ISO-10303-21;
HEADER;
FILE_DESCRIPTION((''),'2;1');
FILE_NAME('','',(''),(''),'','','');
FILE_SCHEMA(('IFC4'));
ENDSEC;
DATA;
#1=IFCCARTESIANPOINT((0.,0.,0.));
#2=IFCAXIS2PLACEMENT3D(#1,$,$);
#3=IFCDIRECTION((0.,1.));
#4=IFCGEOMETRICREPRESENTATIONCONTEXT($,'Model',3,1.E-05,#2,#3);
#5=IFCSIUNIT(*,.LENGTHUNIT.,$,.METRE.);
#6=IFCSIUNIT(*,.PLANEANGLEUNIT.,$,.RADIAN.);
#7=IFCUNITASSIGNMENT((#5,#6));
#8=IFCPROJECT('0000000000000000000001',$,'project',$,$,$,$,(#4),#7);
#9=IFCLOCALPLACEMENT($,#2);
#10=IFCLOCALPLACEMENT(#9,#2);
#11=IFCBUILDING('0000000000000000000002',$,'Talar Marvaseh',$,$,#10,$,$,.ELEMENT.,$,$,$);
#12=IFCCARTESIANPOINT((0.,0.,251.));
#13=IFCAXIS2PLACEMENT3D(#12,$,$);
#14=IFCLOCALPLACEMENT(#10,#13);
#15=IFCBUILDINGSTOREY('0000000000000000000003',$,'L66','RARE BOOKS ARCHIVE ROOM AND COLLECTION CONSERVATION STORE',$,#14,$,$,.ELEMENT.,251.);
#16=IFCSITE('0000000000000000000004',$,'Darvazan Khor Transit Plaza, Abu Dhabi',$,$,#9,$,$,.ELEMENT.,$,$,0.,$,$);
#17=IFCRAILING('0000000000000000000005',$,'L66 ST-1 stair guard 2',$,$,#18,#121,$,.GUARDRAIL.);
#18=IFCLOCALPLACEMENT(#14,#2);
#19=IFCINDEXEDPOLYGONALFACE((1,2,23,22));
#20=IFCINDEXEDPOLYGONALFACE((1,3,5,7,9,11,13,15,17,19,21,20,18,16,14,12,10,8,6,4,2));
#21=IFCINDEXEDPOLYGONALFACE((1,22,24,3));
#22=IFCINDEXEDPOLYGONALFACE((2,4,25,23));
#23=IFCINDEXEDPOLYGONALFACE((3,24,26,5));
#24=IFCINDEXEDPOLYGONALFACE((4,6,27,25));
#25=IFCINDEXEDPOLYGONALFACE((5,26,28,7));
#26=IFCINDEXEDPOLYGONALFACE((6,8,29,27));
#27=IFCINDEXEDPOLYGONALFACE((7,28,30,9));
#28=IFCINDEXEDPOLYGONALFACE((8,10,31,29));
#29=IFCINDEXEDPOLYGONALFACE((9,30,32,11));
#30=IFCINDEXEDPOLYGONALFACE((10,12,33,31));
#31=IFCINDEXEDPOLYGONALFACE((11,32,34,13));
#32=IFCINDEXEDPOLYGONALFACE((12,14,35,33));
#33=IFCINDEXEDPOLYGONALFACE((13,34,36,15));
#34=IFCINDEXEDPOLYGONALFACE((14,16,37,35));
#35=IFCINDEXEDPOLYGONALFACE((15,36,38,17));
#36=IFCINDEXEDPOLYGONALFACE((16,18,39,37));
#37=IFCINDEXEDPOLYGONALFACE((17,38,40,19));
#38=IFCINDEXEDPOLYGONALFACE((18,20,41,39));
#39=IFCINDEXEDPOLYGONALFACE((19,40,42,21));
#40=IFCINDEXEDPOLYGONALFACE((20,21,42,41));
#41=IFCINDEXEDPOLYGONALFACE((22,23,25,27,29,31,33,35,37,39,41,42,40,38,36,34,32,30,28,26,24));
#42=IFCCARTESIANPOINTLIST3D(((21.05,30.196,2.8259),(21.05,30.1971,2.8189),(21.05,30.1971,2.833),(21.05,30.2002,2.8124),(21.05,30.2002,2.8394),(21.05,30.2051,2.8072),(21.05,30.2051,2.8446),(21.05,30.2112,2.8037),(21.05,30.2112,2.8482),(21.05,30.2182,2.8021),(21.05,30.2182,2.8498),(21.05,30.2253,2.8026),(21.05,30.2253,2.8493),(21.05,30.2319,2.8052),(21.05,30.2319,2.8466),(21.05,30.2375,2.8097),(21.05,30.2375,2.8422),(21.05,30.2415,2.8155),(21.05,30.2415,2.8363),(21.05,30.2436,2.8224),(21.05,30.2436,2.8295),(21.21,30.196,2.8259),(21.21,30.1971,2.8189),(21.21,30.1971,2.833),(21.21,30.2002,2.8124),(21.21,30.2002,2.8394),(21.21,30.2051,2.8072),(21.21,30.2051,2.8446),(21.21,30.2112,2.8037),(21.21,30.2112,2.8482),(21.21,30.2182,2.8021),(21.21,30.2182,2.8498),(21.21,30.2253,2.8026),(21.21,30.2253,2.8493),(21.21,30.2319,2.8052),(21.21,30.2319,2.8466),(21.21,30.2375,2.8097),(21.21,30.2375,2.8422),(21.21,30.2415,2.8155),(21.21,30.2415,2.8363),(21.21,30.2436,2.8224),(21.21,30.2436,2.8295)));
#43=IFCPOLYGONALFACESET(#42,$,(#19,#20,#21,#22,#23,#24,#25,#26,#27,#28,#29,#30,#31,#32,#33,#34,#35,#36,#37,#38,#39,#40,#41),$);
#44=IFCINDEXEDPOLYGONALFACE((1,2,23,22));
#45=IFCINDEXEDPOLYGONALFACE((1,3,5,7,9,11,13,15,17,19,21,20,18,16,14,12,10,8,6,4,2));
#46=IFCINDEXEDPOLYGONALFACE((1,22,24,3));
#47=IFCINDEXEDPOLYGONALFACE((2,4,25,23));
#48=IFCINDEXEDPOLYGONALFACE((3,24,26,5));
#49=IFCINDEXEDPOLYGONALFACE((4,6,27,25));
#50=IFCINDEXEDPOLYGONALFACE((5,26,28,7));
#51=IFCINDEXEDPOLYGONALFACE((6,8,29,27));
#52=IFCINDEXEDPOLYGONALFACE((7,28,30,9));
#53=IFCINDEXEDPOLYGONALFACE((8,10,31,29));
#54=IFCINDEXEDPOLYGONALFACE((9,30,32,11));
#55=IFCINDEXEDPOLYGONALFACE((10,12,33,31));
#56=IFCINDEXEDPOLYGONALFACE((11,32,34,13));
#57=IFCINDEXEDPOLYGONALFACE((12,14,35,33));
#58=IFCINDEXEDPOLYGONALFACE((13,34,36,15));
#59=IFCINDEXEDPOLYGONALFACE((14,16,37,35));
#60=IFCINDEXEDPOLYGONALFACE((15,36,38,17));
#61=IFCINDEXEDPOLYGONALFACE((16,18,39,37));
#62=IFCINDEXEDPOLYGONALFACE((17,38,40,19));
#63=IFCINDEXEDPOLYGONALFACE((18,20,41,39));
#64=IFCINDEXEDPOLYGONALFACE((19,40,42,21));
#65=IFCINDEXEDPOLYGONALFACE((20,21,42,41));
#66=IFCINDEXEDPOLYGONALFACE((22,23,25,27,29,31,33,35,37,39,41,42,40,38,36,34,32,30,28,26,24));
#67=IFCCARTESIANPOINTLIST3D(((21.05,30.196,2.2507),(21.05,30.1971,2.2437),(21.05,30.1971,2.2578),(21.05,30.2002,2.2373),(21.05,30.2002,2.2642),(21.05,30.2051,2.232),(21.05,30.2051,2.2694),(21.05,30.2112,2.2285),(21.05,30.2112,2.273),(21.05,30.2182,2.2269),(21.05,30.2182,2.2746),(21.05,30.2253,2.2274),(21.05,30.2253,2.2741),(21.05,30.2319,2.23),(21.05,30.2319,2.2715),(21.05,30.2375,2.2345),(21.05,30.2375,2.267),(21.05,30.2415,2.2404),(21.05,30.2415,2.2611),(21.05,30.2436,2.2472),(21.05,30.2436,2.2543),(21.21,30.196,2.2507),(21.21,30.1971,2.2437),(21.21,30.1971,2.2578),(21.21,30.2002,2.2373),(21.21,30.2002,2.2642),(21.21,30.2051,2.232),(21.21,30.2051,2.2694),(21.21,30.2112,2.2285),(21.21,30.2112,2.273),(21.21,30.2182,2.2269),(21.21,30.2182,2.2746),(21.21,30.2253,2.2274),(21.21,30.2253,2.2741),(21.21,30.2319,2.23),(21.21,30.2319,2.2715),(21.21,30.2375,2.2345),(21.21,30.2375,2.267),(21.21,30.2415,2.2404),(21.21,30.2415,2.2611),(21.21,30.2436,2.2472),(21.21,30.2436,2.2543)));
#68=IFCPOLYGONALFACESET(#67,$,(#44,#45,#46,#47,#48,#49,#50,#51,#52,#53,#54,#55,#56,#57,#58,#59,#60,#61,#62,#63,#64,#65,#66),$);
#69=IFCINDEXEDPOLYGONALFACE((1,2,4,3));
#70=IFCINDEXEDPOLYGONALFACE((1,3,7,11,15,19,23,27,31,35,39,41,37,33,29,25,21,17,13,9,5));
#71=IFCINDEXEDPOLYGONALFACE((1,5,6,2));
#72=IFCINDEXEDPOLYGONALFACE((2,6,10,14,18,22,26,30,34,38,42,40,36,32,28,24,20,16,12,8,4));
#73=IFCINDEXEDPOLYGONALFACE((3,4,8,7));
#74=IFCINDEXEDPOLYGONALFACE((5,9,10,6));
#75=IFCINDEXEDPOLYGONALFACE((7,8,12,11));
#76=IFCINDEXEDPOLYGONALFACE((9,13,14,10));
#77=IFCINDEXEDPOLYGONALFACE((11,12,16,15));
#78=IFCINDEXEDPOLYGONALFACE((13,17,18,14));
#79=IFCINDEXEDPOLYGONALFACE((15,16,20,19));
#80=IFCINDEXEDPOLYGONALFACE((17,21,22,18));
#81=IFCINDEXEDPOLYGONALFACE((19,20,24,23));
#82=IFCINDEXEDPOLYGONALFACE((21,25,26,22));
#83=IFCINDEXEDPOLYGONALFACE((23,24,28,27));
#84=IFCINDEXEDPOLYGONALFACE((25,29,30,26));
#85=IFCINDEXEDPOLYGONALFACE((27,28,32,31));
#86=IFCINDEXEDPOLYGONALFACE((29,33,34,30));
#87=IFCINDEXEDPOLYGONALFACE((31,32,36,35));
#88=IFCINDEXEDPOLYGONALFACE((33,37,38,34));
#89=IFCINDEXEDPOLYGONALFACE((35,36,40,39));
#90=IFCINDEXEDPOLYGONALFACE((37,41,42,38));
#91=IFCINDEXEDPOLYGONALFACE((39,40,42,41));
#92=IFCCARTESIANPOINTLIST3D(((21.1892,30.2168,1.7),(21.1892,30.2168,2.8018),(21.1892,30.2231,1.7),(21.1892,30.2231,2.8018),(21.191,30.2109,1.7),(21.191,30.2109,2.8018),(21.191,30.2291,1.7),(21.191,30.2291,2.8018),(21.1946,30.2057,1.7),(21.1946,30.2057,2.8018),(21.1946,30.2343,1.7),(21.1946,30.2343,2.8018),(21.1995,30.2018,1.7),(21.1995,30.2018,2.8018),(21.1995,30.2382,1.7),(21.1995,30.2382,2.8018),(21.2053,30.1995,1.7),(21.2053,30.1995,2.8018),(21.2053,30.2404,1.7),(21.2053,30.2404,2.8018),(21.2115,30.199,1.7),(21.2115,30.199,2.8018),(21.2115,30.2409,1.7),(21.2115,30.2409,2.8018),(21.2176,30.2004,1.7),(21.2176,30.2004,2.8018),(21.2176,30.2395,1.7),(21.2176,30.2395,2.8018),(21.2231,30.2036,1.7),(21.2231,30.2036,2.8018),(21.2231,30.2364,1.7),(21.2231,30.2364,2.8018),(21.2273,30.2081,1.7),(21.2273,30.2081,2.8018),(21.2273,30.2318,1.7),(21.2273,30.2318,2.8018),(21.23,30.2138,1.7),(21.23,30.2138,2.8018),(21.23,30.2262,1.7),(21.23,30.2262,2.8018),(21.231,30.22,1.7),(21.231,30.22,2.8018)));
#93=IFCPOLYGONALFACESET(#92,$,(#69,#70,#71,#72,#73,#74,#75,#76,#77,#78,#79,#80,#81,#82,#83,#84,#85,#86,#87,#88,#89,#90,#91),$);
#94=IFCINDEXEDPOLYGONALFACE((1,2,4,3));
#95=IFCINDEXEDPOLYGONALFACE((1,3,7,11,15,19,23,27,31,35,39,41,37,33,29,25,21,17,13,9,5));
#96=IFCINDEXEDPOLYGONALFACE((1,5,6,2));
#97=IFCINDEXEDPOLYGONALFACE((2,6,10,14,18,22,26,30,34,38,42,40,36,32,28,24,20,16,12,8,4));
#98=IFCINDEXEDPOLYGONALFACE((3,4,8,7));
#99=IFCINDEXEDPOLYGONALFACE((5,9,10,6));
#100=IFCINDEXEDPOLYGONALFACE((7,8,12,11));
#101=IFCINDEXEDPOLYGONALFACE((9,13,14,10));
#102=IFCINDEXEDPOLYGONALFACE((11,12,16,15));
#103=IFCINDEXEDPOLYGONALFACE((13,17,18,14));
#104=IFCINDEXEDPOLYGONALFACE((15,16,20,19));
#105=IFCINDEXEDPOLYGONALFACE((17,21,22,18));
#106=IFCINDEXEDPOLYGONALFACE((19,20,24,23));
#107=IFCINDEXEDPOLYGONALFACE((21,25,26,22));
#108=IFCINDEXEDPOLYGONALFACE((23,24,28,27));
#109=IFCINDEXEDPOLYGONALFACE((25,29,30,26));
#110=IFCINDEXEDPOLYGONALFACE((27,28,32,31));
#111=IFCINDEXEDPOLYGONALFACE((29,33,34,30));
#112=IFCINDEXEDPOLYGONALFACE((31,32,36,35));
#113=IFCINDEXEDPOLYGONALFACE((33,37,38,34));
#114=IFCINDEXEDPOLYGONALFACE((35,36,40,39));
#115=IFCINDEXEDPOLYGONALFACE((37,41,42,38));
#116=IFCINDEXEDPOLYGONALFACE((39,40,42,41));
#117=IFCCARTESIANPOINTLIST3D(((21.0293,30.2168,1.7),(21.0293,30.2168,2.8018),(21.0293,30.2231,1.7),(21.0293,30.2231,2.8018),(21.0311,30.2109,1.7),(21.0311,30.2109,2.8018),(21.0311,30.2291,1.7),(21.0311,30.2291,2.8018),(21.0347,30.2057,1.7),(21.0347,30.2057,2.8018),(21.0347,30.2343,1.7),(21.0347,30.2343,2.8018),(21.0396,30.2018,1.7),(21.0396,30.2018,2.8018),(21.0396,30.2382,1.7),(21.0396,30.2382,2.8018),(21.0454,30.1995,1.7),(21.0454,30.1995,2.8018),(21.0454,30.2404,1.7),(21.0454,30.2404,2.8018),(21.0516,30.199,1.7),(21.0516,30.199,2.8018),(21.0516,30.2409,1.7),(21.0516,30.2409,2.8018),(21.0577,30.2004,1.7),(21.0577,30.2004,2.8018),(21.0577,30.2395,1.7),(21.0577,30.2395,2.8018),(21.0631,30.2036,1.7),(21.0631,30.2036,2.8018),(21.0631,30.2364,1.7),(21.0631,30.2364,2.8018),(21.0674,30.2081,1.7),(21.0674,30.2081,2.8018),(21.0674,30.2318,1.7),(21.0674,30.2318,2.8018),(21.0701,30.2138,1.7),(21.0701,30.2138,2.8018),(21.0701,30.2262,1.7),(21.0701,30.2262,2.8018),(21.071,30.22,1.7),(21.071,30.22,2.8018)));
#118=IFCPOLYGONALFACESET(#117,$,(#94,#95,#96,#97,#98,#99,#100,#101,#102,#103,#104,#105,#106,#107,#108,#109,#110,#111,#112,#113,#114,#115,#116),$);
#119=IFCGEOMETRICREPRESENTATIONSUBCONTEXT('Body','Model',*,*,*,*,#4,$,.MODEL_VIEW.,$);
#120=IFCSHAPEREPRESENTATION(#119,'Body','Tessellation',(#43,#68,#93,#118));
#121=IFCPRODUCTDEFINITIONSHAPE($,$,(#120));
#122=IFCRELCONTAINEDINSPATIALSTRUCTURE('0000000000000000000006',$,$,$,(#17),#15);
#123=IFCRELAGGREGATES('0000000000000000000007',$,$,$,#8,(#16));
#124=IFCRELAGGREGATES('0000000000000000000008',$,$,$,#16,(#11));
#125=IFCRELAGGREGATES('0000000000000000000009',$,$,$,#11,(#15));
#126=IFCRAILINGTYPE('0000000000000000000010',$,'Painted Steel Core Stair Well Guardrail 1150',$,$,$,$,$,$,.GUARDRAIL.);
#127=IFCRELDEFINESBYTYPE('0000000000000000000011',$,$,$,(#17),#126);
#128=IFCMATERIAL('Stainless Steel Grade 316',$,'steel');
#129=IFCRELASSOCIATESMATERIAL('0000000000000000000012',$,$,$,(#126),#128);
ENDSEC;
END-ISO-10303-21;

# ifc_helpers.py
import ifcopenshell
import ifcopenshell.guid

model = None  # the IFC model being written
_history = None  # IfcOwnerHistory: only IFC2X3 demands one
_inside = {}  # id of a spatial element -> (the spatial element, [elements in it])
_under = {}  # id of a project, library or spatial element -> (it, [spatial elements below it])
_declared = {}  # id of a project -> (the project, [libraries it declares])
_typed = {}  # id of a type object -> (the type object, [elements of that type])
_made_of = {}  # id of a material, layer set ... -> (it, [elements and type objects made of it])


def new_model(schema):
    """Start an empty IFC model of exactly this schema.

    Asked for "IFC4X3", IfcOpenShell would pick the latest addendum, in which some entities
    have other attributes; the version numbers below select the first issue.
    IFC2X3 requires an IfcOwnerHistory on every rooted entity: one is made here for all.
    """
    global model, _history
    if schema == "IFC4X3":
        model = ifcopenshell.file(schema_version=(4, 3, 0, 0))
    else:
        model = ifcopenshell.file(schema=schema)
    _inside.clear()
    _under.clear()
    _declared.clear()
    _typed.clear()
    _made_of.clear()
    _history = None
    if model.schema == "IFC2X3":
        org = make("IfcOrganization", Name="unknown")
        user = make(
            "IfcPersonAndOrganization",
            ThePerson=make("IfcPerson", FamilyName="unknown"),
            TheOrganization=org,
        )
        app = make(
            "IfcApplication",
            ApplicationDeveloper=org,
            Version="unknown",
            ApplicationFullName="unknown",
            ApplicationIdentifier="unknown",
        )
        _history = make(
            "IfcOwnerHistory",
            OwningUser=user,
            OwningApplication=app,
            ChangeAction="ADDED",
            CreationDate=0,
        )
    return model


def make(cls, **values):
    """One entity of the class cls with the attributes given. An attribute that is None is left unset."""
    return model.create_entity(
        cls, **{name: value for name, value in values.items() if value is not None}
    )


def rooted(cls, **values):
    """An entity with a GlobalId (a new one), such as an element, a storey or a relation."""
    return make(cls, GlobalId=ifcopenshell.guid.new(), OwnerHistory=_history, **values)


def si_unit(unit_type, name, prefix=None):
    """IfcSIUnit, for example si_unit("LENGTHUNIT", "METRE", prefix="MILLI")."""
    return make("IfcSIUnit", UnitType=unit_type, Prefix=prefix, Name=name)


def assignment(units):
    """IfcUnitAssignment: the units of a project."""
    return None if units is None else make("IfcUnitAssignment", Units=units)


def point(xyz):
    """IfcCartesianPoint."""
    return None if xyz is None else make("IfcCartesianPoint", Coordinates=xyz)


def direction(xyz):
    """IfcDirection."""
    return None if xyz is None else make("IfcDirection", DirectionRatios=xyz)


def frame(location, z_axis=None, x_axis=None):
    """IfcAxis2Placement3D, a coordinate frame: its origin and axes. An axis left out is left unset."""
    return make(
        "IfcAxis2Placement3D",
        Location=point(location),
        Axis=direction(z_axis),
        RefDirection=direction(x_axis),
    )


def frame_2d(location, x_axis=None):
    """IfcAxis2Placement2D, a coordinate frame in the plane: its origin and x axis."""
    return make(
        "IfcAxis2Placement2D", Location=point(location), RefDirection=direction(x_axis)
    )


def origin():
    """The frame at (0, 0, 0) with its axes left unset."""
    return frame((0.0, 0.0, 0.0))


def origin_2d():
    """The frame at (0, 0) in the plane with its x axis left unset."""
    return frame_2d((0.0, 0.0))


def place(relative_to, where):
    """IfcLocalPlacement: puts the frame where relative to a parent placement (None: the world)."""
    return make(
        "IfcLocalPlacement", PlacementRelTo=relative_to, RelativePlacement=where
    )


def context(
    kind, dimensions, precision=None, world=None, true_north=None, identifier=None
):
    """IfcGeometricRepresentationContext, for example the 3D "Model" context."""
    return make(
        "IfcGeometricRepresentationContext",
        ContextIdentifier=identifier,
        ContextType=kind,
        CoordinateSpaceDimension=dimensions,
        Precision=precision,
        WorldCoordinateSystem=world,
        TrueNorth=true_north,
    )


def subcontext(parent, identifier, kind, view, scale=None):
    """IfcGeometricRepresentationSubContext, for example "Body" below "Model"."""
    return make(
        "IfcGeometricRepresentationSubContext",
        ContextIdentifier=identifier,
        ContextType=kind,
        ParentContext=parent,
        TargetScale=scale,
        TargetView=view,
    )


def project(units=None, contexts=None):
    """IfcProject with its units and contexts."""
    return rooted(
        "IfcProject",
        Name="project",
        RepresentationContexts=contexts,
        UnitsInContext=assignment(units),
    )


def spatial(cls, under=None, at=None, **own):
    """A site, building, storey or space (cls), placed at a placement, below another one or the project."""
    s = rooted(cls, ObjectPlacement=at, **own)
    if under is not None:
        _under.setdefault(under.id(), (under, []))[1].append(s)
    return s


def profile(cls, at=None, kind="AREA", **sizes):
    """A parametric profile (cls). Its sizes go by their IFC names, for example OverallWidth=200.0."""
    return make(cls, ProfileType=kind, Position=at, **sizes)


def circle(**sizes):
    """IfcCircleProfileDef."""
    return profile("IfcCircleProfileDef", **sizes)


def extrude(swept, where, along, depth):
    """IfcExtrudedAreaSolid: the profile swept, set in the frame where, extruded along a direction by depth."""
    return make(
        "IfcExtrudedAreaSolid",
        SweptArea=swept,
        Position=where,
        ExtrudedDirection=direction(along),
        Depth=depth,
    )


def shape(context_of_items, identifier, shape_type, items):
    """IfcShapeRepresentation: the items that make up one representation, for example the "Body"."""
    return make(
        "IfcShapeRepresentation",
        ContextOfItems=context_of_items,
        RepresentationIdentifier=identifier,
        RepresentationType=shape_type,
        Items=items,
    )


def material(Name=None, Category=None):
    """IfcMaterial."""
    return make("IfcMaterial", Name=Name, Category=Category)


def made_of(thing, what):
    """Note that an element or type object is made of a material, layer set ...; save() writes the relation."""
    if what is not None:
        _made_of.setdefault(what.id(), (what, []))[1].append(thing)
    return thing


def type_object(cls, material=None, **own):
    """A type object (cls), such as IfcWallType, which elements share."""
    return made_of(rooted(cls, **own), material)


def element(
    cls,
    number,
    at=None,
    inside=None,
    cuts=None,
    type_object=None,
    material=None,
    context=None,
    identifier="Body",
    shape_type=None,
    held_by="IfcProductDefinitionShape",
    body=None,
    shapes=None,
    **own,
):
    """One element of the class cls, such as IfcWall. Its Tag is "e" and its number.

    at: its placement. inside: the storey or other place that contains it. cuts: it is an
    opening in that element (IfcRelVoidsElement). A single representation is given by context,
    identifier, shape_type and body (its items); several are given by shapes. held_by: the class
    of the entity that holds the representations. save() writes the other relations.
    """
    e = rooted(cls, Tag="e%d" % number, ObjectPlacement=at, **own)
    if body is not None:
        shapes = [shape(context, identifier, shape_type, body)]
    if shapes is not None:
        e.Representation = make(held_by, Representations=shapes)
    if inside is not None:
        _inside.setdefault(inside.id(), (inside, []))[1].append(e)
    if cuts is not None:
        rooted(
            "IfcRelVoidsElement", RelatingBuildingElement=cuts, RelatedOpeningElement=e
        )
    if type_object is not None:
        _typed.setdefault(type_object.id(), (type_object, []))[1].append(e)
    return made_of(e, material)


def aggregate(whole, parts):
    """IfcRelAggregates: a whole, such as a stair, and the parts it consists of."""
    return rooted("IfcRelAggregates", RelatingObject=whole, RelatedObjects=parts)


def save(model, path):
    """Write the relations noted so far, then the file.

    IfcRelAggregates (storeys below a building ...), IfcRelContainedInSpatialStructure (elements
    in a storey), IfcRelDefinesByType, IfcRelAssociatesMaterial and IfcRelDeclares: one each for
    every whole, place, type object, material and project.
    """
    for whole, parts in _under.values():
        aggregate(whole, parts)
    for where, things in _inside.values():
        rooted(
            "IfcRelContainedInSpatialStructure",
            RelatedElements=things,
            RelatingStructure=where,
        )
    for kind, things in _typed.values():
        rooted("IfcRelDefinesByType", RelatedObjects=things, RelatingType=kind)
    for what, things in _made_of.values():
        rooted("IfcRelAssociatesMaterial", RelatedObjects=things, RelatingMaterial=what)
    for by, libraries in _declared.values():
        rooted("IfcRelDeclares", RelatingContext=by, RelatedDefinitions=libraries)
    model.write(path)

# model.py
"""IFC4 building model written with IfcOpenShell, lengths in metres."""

from ifc_helpers import new_model, si_unit, direction, frame, origin, origin_2d, place, context, subcontext, project, spatial, circle, extrude, material, type_object, element, save


model = new_model("IFC4")

# Units and contexts
model_context = context("Model", 3, precision=1e-05, world=origin(), true_north=direction((0.0, 1.0)))
body_context = subcontext(model_context, "Body", "Model", "MODEL_VIEW")
ifc_project = project(units=[si_unit("LENGTHUNIT", "METRE"), si_unit("PLANEANGLEUNIT", "RADIAN")], contexts=[model_context])

# Site, building, storey
site_placement = place(None, origin())
site = spatial("IfcSite", under=ifc_project, at=site_placement, Name="Darvazan Khor Transit Plaza, Abu Dhabi", CompositionType="ELEMENT", RefElevation=0.0)
building_placement = place(site_placement, origin())
building = spatial("IfcBuilding", under=site, at=building_placement, Name="Talar Marvaseh", CompositionType="ELEMENT")
storey_placement = place(building_placement, frame((0.0, 0.0, 251.0)))
storey = spatial("IfcBuildingStorey", under=building, at=storey_placement, Name="L66", Description="RARE BOOKS ARCHIVE ROOM AND COLLECTION CONSERVATION STORE", CompositionType="ELEMENT", Elevation=251.0)

# Railing
ifc_material_1 = material(Name="Stainless Steel Grade 316", Category="steel")
railing_type_1 = type_object("IfcRailingType", Name="Painted Steel Core Stair Well Guardrail 1150", PredefinedType="GUARDRAIL", material=ifc_material_1)
railing_1_placement = place(storey_placement, frame((21.21, 30.22, 1.7)))
element("IfcRailing", 1, at=railing_1_placement, inside=storey, type_object=railing_type_1, Name="L66 ST-1 stair guard 2", PredefinedType="GUARDRAIL", context=body_context, shape_type="SweptSolid", body=[
    extrude(circle(Radius=0.0239, at=origin_2d()), frame((0.0, 0.0, 1.126), z_axis=(-1.0, 0.0, 0.0), x_axis=(0.0, -1.0, 0.0)), (0.0, 0.0, 1.0), 0.1599),
    extrude(circle(Radius=0.0239, at=origin_2d()), frame((0.0, 0.0, 0.5508), z_axis=(-1.0, 0.0, 0.0), x_axis=(0.0, -1.0, 0.0)), (0.0, 0.0, 1.0), 0.1599),
    extrude(circle(Radius=0.021, at=origin_2d()), origin(), (0.0, 0.0, 1.0), 1.1018),
    extrude(circle(Radius=0.021, at=origin_2d()), frame((-0.1599, 0.0, 0.0)), (0.0, 0.0, 1.0), 1.1018),
])

save(model, "model.ifc")
